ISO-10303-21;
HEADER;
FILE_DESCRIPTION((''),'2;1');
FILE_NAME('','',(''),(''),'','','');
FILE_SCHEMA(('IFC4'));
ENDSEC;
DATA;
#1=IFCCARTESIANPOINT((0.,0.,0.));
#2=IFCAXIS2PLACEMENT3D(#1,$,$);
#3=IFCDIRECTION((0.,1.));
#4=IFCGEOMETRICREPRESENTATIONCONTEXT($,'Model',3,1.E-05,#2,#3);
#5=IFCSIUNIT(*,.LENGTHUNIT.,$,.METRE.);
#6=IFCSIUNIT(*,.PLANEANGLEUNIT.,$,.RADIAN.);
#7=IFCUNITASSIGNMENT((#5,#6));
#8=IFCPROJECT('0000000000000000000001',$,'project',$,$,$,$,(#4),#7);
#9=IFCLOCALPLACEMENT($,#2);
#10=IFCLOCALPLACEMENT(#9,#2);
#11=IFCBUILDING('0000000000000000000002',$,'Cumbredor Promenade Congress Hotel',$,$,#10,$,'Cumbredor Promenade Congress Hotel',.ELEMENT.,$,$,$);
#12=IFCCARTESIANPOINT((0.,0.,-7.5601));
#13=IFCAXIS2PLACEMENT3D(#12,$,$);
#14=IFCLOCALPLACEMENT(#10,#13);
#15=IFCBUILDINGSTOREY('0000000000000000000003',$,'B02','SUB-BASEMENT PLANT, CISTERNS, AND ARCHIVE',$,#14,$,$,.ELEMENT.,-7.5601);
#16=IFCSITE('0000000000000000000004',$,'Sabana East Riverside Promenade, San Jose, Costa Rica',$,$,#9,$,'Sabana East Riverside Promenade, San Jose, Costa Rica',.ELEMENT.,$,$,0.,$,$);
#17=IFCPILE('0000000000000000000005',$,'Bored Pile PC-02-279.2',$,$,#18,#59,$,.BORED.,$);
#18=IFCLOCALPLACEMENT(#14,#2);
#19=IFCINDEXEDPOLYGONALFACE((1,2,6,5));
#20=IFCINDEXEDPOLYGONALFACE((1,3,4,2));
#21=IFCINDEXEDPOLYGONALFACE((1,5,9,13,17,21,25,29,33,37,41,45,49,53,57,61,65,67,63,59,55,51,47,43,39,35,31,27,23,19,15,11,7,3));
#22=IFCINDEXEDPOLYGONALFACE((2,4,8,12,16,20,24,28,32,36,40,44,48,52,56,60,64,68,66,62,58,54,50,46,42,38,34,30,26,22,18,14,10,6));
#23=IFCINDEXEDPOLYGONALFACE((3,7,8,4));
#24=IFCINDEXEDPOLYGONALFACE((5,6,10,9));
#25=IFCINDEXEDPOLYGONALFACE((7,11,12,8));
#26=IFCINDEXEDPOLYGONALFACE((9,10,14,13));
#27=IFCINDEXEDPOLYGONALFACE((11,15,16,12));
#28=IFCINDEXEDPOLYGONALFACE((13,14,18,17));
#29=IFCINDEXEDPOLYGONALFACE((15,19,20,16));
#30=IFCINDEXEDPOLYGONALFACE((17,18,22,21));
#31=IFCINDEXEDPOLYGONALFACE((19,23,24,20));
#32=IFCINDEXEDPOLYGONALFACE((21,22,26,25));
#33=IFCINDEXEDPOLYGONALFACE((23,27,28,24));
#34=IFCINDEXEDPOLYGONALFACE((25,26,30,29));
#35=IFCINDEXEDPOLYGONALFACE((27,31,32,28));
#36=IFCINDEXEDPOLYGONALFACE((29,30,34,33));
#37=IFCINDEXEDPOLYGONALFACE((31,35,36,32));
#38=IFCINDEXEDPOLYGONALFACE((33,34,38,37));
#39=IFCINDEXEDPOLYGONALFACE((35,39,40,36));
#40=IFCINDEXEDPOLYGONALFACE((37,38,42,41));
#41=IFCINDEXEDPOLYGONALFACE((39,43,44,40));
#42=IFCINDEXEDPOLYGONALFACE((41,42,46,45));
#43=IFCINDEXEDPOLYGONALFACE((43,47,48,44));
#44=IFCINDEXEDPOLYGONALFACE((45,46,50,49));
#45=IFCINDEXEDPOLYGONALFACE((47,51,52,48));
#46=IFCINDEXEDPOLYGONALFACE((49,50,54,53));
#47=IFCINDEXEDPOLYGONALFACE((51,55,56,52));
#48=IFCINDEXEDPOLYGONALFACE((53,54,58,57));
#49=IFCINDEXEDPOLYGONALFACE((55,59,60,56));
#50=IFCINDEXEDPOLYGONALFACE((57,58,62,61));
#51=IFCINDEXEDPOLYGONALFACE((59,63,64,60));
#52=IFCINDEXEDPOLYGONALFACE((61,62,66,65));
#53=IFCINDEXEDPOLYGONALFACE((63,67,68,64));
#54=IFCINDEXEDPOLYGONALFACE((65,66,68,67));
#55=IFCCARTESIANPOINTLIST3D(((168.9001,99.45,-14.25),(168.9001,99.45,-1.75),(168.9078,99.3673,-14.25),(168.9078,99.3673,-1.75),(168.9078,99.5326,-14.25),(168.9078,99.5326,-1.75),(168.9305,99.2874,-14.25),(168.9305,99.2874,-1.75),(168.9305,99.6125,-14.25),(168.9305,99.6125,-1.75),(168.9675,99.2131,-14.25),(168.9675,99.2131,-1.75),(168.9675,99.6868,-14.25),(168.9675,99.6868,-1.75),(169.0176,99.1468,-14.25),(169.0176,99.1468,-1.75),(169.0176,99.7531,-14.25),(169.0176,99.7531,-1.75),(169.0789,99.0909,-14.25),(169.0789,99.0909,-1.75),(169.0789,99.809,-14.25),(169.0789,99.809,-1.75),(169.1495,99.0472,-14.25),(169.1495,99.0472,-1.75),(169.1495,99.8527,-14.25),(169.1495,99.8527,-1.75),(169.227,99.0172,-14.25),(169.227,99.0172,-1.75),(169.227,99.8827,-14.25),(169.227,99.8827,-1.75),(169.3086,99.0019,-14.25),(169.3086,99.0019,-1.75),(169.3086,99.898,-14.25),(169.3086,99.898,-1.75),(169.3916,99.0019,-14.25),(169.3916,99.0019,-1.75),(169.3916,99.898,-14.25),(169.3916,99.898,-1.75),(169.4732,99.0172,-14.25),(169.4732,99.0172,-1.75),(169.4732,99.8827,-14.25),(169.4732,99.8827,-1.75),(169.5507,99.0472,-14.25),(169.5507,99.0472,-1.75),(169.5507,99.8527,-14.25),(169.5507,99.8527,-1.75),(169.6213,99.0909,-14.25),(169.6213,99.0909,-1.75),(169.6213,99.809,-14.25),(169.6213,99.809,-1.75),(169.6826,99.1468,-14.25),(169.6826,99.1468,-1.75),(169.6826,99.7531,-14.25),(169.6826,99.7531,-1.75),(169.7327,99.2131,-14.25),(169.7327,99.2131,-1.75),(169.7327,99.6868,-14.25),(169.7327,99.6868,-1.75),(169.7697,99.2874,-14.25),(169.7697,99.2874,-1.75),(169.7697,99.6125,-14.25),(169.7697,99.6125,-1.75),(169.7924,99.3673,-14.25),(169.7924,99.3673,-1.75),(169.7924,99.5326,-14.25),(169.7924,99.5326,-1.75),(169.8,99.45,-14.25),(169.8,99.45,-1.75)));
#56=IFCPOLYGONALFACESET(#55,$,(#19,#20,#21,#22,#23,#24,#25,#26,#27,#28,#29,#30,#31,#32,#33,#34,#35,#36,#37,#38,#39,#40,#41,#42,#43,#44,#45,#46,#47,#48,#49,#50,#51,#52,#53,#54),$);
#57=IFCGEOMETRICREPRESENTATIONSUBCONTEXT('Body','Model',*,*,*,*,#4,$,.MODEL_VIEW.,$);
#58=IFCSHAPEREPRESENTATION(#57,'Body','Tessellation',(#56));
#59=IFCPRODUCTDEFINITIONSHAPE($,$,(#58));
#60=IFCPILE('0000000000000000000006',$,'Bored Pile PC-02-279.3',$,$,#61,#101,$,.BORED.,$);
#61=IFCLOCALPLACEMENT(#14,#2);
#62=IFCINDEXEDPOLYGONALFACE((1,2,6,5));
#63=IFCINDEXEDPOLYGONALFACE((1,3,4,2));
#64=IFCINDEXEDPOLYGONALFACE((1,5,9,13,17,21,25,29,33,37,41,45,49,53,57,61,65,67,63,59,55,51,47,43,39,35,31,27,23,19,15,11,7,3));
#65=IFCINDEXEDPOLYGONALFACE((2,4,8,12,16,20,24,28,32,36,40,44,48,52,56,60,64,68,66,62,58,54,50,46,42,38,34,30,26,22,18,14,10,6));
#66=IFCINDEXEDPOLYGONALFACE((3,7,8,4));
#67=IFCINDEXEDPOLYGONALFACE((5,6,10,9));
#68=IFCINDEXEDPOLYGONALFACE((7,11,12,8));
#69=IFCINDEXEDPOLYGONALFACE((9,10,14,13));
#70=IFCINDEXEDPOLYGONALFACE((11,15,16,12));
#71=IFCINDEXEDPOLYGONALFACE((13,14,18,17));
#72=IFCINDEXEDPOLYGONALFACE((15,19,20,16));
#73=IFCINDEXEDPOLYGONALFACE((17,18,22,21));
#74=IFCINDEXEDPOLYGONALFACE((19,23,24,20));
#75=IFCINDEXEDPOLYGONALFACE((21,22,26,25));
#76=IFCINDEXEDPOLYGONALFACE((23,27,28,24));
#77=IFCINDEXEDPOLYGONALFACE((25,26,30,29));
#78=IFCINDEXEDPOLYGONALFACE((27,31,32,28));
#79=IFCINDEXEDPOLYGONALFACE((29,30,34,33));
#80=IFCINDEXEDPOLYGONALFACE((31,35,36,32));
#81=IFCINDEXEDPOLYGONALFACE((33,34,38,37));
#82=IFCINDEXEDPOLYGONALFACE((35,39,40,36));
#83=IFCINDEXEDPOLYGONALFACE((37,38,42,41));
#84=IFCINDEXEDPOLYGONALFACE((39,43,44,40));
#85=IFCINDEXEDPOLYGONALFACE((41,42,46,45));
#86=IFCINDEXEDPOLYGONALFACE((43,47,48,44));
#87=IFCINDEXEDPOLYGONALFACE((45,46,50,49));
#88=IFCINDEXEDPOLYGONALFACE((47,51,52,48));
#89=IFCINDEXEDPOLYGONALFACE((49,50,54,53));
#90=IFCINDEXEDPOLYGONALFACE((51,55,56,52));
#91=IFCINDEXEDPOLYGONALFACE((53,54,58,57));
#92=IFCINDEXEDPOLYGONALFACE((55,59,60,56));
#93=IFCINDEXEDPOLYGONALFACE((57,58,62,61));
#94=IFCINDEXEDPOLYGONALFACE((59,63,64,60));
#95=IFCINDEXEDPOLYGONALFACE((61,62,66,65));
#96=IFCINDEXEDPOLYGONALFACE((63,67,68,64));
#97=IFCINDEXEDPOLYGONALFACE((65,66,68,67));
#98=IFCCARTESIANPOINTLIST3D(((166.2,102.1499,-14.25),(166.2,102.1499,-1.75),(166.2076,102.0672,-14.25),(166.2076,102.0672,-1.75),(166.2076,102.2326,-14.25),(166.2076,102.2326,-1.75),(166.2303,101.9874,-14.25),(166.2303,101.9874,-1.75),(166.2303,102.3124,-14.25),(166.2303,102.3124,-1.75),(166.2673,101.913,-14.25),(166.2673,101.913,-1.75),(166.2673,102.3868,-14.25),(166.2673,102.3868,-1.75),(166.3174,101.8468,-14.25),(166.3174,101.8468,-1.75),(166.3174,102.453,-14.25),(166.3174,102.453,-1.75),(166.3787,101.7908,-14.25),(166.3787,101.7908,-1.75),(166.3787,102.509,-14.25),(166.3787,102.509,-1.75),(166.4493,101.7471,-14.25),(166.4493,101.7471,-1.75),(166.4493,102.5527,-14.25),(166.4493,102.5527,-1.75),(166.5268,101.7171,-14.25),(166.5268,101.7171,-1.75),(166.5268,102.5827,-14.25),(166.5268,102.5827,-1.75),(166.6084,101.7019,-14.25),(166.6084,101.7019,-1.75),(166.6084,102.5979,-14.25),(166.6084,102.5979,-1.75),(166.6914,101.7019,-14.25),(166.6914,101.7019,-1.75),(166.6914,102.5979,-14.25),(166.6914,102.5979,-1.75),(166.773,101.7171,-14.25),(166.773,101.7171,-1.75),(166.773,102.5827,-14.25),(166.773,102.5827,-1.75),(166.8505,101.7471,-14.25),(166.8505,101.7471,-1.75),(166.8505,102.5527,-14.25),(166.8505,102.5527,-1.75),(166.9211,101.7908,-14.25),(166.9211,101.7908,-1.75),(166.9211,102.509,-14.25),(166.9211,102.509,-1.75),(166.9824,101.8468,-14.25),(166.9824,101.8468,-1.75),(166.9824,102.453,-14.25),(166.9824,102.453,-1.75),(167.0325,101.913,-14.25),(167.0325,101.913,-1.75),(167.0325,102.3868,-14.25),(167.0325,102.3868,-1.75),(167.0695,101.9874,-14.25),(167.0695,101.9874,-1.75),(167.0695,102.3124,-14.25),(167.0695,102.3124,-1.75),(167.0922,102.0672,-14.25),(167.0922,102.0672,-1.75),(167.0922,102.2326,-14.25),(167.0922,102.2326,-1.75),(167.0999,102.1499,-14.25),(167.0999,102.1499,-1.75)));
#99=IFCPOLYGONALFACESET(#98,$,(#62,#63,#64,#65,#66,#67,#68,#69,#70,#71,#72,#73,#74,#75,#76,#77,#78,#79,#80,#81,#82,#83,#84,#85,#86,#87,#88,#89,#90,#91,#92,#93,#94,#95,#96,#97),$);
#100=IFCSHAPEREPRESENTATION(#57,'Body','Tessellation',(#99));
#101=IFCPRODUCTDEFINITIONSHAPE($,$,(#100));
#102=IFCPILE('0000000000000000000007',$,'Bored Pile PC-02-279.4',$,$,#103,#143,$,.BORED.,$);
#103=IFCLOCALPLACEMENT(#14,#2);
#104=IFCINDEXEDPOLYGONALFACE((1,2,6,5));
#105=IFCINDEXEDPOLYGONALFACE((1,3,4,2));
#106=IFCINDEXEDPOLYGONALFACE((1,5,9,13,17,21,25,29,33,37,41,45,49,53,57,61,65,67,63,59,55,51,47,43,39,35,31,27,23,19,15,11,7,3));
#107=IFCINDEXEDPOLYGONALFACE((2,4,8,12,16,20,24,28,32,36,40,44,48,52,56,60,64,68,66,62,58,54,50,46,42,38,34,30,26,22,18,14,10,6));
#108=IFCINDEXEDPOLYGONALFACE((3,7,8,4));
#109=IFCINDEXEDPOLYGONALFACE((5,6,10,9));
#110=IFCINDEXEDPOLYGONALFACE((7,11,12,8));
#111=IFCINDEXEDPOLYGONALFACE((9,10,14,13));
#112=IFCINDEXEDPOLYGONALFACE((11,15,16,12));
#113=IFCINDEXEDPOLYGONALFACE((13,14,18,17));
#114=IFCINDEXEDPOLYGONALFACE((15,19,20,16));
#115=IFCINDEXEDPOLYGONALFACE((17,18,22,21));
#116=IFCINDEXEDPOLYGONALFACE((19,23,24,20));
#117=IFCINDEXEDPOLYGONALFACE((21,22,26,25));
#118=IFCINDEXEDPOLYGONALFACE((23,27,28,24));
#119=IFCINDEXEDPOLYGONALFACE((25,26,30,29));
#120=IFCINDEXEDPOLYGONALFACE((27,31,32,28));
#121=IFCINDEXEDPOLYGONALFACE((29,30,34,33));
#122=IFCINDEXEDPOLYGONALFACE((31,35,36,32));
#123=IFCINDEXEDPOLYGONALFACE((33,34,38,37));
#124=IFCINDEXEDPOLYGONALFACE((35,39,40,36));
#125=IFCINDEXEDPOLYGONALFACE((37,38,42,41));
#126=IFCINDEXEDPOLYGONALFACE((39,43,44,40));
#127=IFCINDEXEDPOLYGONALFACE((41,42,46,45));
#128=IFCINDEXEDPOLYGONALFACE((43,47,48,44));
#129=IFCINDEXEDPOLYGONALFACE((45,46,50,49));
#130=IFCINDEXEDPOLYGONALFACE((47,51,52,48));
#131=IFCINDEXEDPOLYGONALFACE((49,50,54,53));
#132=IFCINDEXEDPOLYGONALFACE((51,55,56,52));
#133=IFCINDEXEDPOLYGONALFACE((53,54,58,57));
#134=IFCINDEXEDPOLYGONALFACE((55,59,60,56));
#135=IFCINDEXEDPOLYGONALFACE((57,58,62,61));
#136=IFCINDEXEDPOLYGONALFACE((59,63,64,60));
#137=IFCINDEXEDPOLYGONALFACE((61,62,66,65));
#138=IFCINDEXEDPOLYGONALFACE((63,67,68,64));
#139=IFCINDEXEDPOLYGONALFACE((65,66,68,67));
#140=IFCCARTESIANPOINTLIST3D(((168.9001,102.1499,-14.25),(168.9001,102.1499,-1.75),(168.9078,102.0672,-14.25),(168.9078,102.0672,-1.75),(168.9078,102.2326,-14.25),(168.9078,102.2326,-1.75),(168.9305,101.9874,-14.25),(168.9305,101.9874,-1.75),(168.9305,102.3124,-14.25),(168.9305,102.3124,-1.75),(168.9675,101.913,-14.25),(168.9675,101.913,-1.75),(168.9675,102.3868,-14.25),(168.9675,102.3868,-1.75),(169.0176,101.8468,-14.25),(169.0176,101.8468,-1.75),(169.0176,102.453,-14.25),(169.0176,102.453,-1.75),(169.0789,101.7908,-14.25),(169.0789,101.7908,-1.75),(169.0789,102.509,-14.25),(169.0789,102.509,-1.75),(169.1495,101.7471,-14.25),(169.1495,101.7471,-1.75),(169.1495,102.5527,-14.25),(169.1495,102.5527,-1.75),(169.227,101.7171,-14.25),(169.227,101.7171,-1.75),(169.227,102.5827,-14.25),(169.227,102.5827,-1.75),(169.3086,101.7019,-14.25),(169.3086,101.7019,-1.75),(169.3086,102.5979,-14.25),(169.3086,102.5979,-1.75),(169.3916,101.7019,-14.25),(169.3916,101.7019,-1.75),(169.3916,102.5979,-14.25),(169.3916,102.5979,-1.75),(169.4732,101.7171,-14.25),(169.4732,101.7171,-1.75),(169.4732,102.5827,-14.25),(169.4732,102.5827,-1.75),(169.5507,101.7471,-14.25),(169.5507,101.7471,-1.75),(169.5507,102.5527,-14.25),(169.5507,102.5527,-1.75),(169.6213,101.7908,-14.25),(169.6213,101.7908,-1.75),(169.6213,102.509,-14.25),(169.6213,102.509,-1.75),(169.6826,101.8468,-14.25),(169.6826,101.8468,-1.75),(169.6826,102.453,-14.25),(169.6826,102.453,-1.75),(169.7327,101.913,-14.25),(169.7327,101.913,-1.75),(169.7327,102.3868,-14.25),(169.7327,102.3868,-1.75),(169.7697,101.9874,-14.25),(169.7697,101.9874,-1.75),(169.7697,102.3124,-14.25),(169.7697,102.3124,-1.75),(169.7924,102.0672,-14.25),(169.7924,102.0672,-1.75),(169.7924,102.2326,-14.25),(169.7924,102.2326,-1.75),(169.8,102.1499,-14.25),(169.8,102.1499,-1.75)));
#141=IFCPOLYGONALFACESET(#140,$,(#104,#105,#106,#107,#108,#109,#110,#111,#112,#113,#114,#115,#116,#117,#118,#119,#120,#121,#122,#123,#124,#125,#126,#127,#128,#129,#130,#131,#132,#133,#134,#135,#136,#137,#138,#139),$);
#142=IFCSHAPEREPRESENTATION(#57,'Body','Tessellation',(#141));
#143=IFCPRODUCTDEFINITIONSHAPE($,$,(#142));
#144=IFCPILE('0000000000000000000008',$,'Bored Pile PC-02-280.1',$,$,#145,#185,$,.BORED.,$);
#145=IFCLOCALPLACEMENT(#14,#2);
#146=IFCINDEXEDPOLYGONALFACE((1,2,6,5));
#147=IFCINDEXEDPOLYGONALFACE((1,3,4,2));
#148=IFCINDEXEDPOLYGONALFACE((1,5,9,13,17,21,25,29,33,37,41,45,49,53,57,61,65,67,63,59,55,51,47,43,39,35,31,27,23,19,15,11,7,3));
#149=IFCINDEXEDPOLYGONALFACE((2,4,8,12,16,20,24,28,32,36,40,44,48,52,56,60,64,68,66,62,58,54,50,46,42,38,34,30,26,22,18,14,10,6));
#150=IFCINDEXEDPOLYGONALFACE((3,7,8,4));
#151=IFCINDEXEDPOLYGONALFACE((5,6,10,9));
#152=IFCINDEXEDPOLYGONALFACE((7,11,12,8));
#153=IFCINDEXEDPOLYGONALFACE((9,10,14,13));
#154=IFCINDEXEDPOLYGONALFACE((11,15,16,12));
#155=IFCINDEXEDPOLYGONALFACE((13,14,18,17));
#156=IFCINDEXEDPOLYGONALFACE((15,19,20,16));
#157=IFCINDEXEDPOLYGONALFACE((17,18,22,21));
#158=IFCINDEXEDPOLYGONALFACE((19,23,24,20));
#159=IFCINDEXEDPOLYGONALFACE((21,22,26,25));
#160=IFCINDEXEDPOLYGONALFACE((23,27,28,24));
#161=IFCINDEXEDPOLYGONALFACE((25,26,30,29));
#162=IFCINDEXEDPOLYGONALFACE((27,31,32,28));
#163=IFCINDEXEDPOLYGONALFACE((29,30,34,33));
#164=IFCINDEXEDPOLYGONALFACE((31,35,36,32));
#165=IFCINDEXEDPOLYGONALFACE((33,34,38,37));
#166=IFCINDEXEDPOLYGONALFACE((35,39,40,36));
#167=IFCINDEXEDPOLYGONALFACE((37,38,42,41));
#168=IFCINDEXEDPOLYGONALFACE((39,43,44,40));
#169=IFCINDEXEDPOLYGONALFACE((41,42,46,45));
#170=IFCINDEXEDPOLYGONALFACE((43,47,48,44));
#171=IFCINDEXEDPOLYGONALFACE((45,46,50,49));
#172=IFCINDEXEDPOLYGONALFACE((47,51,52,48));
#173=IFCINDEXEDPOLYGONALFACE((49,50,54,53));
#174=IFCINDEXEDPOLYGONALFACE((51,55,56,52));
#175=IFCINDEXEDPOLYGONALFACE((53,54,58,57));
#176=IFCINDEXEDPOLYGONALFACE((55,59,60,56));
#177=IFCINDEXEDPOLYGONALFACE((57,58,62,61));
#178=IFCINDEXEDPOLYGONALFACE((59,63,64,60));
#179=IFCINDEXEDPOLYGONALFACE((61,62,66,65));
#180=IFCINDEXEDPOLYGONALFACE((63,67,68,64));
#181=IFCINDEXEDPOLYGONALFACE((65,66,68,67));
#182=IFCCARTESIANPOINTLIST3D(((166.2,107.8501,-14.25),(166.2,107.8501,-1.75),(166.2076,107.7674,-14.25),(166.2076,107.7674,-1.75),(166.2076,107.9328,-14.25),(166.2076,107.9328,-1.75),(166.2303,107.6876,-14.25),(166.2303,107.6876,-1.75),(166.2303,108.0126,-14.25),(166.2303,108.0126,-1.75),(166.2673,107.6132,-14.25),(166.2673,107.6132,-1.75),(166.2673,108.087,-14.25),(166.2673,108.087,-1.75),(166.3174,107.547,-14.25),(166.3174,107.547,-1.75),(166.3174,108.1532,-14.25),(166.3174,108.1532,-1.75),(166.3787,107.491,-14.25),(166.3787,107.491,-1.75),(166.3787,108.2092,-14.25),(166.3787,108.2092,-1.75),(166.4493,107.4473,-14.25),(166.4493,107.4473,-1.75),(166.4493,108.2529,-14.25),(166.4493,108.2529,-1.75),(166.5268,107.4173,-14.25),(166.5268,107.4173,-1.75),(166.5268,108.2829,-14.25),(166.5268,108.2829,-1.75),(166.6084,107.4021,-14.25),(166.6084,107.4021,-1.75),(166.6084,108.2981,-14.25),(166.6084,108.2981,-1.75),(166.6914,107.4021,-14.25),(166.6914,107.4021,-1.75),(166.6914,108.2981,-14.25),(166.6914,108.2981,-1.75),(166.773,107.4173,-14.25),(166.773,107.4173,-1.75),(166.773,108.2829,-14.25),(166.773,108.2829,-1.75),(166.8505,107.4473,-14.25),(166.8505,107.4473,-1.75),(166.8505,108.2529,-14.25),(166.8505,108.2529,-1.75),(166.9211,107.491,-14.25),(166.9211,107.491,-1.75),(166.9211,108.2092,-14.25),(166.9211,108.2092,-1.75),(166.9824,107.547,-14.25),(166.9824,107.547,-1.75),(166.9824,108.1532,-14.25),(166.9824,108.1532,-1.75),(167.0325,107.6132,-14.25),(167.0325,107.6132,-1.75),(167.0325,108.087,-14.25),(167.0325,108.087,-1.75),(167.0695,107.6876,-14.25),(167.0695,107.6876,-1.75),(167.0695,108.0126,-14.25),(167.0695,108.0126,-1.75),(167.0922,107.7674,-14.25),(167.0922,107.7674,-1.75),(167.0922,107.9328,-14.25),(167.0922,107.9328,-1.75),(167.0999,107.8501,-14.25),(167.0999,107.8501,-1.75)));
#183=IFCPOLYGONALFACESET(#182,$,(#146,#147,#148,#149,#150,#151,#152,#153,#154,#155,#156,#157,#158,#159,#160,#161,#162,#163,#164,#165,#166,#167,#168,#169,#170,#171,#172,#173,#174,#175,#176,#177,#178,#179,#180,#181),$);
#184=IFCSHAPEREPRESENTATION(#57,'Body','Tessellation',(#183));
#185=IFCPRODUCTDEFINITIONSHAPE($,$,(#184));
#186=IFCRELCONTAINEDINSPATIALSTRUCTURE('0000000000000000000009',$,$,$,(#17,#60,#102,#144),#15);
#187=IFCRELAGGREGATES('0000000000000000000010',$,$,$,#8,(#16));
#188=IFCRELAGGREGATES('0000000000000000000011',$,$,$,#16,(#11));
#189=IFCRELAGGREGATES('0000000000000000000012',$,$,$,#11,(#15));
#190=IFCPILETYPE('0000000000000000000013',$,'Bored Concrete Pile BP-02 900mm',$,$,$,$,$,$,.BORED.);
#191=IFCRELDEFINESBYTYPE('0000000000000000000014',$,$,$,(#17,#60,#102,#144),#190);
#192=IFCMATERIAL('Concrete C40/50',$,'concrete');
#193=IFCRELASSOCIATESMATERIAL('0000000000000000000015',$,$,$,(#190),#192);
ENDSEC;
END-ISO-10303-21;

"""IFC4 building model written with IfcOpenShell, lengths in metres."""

from ifc_helpers import new_model, si_unit, direction, frame, origin, origin_2d, place, context, subcontext, project, spatial, circle, extrude, material, material_profile, profile_set, type_object, element, save


model = new_model("IFC4")

# Units and contexts
model_context = context("Model", 3, precision=1e-05, world=origin(), true_north=direction((0.0, 1.0)))
body_context = subcontext(model_context, "Body", "Model", "MODEL_VIEW")
ifc_project = project(units=[si_unit("LENGTHUNIT", "METRE"), si_unit("PLANEANGLEUNIT", "RADIAN")], contexts=[model_context])

# Site, building, storey
site_placement = place(None, origin())
site = spatial("IfcSite", under=ifc_project, at=site_placement, Name="Sabana East Riverside Promenade, San Jose, Costa Rica", LongName="Sabana East Riverside Promenade, San Jose, Costa Rica", CompositionType="ELEMENT", RefElevation=0.0)
building_placement = place(site_placement, origin())
building = spatial("IfcBuilding", under=site, at=building_placement, Name="Cumbredor Promenade Congress Hotel", LongName="Cumbredor Promenade Congress Hotel", CompositionType="ELEMENT")
storey_placement = place(building_placement, frame((0.0, 0.0, -7.5601)))
storey = spatial("IfcBuildingStorey", under=building, at=storey_placement, Name="B02", Description="SUB-BASEMENT PLANT, CISTERNS, AND ARCHIVE", CompositionType="ELEMENT", Elevation=-7.5601)

# Piles
ifc_material_1 = material(Name="Concrete C40/50", Category="concrete")
ifc_material_profile_1 = material_profile(ifc_material_1, circle(Radius=0.45, at=origin_2d()), Name="PILE D900")
ifc_profile_set_1 = profile_set([ifc_material_profile_1], Name="Concrete C40/50")
pile_type = type_object("IfcPileType", Name="Bored Concrete Pile BP-02 900mm", PredefinedType="BORED", material=ifc_profile_set_1)
for number, where, z_axis, x_axis, name in (
    (1, (169.3501, 99.45, -1.75), (0.0, 0.0, -1.0), (1.0, 0.0, 0.0), "Bored Pile PC-02-279.2"),
    (2, (166.6499, 102.1499, -1.75), (0.0, 0.0, -1.0), (1.0, 0.0, 0.0), "Bored Pile PC-02-279.3"),
    (3, (169.3501, 102.1499, -1.75), (0.0, 0.0, -1.0), (1.0, 0.0, 0.0), "Bored Pile PC-02-279.4"),
    (4, (166.6499, 107.8501, -1.75), (0.0, 0.0, -1.0), (1.0, 0.0, 0.0), "Bored Pile PC-02-280.1"),
):
    element("IfcPile", number, at=place(storey_placement, frame(where, z_axis=z_axis, x_axis=x_axis)), inside=storey, type_object=pile_type, Name=name, PredefinedType="BORED", context=body_context, shape_type="SweptSolid", body=[
        extrude(circle(Radius=0.45, at=origin_2d()), origin(), (0.0, 0.0, 1.0), 12.5),
    ])

save(model, "model.ifc")
